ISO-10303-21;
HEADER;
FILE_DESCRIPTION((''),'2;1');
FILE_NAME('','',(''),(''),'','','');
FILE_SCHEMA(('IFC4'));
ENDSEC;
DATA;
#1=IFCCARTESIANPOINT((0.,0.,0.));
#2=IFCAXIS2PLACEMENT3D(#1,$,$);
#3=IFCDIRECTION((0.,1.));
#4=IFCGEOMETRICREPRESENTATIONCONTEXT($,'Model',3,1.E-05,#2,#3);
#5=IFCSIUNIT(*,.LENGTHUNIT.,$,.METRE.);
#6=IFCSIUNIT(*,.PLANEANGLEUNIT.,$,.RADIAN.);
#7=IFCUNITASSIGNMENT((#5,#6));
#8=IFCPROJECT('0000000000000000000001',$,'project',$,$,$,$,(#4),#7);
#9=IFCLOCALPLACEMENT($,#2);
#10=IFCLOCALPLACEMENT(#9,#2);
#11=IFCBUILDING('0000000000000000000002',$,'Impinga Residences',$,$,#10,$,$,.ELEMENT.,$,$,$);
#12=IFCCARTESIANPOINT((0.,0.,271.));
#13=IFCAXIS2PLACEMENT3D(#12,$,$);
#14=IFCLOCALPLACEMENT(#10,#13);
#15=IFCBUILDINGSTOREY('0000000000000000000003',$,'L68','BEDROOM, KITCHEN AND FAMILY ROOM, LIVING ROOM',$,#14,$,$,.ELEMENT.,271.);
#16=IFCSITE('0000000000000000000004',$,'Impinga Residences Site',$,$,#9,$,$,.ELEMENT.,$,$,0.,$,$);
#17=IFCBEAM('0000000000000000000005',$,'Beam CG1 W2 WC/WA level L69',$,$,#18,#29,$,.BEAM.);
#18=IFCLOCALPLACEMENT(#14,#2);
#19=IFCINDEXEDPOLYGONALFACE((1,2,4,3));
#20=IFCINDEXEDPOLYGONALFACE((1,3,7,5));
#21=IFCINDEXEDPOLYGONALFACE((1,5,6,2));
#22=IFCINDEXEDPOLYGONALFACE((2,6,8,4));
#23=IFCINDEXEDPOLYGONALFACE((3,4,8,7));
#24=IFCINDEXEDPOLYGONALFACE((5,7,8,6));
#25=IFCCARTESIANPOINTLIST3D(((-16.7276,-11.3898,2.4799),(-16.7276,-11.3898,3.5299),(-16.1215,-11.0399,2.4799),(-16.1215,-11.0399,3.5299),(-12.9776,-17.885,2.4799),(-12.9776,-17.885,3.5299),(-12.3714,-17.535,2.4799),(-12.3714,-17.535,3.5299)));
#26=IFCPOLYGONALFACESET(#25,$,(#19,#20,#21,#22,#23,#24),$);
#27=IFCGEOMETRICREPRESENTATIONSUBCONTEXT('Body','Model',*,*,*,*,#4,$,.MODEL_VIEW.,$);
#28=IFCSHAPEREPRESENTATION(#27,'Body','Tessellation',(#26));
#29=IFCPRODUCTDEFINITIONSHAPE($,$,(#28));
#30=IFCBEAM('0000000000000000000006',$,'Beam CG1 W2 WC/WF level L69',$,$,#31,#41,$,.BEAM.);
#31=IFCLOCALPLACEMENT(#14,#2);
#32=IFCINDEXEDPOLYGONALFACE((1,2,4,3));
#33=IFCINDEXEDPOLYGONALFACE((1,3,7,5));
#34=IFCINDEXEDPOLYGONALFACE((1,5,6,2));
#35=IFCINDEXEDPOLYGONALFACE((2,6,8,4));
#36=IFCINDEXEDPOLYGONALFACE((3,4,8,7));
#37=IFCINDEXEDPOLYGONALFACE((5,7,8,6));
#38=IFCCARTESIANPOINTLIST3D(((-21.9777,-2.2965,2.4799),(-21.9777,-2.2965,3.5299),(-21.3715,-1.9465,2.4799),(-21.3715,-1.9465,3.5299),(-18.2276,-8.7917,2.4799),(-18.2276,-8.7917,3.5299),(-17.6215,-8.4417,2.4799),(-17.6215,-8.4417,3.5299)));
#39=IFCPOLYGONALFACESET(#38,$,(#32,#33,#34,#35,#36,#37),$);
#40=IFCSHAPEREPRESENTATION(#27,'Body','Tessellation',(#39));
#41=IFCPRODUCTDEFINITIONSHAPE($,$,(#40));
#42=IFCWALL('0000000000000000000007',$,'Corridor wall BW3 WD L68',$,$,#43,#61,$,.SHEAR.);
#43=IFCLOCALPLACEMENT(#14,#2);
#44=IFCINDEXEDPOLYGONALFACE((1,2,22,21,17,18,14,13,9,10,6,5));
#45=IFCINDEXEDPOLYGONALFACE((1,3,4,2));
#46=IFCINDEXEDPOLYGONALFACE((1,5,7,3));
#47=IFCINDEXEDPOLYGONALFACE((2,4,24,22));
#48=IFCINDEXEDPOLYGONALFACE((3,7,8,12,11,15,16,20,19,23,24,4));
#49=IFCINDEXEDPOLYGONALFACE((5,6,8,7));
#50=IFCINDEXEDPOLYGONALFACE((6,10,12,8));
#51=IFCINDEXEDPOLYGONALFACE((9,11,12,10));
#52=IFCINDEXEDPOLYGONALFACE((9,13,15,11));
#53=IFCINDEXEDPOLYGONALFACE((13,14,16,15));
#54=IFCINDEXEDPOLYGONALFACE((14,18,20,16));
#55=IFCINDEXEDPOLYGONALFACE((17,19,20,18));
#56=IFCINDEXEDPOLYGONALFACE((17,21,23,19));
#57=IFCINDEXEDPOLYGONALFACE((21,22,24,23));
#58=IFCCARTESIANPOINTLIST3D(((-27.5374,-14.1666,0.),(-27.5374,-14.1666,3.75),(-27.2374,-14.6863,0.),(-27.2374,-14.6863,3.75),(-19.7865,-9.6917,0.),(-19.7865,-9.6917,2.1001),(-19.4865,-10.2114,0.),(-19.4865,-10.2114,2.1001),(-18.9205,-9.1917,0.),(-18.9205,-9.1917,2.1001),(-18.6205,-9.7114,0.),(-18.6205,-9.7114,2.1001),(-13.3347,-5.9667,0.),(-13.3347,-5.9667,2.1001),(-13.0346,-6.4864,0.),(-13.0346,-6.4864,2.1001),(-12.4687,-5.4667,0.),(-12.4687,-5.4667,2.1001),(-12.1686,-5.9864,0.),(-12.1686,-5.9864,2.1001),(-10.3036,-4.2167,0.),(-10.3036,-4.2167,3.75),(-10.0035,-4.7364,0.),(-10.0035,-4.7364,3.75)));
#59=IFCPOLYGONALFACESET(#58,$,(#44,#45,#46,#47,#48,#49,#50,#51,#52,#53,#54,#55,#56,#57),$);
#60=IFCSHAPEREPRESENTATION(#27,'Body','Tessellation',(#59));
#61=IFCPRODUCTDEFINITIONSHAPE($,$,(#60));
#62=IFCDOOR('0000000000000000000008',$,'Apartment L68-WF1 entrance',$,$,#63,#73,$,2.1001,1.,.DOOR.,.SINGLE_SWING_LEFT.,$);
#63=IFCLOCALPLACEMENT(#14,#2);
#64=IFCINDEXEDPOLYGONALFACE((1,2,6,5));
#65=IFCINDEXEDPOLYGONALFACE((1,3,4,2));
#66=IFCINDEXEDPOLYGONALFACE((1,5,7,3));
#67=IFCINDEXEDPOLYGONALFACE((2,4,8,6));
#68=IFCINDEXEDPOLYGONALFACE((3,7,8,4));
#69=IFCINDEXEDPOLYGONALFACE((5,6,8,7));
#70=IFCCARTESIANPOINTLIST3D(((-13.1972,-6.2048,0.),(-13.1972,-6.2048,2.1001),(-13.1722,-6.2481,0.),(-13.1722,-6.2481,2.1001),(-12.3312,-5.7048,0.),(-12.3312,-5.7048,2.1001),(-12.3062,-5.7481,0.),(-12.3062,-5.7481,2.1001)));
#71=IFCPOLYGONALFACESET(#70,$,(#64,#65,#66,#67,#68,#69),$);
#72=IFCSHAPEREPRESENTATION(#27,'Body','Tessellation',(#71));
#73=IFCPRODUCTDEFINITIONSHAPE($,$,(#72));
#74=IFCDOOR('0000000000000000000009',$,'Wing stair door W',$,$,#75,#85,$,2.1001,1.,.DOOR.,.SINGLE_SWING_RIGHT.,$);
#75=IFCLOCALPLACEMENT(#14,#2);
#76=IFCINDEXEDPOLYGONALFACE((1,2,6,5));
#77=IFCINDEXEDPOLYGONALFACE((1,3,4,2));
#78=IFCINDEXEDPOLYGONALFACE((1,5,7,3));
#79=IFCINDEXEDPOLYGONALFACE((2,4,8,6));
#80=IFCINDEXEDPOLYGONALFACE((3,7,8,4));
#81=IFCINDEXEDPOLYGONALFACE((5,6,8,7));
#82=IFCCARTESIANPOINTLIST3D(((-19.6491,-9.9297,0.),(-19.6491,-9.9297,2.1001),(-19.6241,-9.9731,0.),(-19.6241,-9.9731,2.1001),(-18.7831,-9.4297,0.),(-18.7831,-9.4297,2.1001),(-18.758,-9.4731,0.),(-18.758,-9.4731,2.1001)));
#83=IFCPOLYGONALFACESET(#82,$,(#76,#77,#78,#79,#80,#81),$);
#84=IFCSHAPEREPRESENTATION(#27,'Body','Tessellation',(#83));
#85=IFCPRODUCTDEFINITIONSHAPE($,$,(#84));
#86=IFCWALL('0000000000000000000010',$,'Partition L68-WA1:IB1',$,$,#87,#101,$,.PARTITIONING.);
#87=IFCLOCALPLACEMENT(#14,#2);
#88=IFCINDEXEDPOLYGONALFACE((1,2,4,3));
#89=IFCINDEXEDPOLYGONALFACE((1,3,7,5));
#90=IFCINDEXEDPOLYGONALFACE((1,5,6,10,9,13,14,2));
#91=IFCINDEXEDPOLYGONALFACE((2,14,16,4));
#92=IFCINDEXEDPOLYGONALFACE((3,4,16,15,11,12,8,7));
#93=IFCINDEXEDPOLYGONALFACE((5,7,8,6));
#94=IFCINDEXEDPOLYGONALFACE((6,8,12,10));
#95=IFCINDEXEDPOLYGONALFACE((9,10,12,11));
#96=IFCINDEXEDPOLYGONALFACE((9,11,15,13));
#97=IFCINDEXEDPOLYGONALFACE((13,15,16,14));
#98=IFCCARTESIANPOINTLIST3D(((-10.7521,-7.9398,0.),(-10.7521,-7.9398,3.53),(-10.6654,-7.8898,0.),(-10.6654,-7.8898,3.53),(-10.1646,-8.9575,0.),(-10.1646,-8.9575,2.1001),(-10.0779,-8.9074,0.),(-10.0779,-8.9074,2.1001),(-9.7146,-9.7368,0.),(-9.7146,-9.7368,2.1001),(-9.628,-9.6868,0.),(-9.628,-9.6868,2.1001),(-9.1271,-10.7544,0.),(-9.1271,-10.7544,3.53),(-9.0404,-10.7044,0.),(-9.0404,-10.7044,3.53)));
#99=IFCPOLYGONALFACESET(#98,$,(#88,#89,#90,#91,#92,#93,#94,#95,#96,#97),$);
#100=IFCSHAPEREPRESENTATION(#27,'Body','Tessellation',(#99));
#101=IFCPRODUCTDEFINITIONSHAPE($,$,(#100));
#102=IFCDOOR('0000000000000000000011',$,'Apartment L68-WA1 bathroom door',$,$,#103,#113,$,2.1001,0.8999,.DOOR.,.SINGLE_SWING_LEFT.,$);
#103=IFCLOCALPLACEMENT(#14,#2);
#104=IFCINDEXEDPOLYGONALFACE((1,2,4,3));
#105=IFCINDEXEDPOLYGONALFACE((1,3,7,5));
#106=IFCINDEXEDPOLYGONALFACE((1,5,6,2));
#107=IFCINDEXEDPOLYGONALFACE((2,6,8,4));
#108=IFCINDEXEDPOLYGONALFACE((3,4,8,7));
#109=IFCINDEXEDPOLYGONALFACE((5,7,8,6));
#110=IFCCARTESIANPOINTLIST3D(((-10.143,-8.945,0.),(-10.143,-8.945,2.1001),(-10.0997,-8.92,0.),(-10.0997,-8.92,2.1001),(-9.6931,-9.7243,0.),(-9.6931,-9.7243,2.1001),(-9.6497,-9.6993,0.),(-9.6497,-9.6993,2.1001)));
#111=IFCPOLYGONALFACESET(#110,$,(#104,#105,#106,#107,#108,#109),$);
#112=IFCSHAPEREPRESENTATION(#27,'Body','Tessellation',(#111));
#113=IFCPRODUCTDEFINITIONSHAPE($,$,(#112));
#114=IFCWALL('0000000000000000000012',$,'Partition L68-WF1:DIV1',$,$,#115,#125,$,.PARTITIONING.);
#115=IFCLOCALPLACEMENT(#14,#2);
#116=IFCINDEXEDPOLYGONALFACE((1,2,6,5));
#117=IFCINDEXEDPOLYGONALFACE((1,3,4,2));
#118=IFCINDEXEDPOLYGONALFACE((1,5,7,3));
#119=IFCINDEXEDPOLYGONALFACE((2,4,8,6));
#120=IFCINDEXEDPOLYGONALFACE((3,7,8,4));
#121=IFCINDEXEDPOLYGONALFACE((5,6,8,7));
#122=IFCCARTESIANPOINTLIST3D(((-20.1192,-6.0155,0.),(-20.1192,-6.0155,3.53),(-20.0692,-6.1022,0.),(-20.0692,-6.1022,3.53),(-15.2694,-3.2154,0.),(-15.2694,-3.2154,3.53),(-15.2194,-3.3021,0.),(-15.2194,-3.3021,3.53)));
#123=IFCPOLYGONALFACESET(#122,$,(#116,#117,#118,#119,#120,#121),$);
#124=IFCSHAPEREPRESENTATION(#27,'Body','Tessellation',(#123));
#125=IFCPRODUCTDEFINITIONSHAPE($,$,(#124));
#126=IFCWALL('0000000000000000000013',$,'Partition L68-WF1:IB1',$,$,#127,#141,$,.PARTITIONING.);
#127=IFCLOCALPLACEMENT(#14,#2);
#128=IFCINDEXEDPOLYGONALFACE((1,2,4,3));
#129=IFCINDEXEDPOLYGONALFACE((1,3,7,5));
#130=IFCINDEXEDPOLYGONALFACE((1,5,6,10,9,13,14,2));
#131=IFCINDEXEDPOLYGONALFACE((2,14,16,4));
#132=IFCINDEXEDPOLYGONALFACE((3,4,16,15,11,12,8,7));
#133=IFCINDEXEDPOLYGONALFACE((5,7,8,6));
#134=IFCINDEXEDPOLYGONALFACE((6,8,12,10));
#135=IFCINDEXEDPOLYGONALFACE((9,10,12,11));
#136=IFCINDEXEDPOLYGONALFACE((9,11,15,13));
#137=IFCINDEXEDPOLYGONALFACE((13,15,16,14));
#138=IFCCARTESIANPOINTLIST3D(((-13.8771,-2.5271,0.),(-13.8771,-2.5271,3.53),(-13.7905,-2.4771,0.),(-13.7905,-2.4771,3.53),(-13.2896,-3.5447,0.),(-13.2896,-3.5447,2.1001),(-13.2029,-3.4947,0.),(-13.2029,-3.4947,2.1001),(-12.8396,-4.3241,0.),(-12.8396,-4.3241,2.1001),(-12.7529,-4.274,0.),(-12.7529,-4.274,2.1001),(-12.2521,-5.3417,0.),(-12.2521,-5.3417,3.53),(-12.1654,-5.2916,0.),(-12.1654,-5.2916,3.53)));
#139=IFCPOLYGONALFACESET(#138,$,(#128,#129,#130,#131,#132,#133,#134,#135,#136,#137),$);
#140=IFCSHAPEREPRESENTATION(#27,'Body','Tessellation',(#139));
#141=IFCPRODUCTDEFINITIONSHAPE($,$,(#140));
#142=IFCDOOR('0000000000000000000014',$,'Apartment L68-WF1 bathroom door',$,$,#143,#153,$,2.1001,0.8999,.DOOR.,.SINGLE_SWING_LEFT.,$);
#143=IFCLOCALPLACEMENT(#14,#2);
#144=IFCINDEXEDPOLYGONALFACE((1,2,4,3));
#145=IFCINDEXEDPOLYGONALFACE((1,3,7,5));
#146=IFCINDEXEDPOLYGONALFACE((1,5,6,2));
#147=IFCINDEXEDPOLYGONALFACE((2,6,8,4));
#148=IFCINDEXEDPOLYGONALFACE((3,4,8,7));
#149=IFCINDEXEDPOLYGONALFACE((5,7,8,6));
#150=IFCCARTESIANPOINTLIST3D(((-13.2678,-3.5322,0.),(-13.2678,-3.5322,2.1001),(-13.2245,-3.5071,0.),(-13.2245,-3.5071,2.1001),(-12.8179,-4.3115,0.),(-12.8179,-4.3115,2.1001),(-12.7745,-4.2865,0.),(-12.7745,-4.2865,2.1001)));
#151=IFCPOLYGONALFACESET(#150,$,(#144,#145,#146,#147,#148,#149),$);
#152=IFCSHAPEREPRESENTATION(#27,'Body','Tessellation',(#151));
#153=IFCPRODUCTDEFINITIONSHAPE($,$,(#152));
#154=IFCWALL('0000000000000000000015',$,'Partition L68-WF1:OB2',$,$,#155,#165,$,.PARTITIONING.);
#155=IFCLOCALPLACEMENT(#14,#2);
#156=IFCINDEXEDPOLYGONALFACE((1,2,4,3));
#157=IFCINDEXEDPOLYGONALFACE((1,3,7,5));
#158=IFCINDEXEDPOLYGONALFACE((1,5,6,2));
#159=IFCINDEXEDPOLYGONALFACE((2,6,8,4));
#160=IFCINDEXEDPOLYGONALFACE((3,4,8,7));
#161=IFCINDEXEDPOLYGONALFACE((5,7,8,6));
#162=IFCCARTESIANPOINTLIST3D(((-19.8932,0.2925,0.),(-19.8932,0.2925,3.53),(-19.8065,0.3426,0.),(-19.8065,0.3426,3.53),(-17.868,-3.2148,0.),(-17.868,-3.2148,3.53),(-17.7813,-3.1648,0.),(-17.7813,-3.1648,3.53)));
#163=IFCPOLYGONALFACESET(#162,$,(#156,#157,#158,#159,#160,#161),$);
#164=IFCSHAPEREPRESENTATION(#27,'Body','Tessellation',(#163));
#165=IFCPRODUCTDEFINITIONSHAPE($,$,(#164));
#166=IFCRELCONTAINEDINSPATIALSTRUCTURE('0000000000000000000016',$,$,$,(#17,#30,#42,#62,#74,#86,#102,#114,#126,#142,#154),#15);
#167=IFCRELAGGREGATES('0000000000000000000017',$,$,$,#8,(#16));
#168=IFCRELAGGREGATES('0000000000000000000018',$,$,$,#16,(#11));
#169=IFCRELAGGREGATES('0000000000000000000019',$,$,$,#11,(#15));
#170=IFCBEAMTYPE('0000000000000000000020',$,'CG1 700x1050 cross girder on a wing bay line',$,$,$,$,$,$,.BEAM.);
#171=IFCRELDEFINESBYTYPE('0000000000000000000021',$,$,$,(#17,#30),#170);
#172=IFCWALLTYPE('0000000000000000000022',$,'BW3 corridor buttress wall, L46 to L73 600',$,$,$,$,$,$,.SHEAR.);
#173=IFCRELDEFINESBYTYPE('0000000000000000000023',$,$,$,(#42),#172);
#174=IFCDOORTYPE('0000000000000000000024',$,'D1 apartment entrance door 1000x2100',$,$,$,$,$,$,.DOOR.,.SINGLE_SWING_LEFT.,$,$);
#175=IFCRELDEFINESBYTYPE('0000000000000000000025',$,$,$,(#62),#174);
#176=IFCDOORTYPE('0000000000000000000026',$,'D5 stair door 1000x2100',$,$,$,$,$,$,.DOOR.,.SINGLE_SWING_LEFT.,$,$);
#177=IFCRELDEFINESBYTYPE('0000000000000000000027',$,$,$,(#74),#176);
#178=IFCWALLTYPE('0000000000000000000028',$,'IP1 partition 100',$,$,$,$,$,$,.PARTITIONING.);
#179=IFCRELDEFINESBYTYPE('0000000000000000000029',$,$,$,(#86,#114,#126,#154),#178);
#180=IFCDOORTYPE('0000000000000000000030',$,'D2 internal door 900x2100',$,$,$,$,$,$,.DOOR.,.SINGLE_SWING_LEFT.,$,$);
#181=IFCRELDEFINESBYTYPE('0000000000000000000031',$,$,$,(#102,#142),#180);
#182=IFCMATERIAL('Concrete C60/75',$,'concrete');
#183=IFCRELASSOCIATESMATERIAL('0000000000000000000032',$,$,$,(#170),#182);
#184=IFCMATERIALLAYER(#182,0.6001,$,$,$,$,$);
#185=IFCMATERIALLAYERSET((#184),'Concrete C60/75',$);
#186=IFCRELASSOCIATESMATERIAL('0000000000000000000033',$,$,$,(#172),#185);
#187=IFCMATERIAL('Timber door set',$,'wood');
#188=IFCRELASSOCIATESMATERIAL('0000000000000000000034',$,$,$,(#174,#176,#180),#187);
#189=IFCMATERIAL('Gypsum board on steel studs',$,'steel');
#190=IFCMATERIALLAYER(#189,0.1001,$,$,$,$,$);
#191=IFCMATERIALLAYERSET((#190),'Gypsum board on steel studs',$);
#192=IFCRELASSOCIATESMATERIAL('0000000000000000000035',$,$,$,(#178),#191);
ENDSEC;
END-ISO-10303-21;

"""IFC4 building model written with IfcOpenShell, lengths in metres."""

from ifc_helpers import new_model, si_unit, direction, frame, frame_2d, origin, origin_2d, place, context, subcontext, project, spatial, rectangle, extrude, material, layer, layer_set, material_profile, profile_set, type_object, element, fill, save


model = new_model("IFC4")

# Units and contexts
model_context = context("Model", 3, precision=1e-05, world=origin(), true_north=direction((0.0, 1.0)))
body_context = subcontext(model_context, "Body", "Model", "MODEL_VIEW")
ifc_project = project(units=[si_unit("LENGTHUNIT", "METRE"), si_unit("PLANEANGLEUNIT", "RADIAN")], contexts=[model_context])

# Site, building, storey
site_placement = place(None, origin())
site = spatial("IfcSite", under=ifc_project, at=site_placement, Name="Impinga Residences Site", CompositionType="ELEMENT", RefElevation=0.0)
building_placement = place(site_placement, origin())
building = spatial("IfcBuilding", under=site, at=building_placement, Name="Impinga Residences", CompositionType="ELEMENT")
storey_placement = place(building_placement, frame((0.0, 0.0, 271.0)))
storey = spatial("IfcBuildingStorey", under=building, at=storey_placement, Name="L68", Description="BEDROOM, KITCHEN AND FAMILY ROOM, LIVING ROOM", CompositionType="ELEMENT", Elevation=271.0)

# Beams
ifc_material_1 = material(Name="Concrete C60/75", Category="concrete")
ifc_material_profile = material_profile(ifc_material_1, rectangle(XDim=0.7, YDim=1.05, at=origin_2d()), Name="RC 700x1050")
ifc_profile_set = profile_set([ifc_material_profile], Name="Concrete C60/75")
beam_type = type_object("IfcBeamType", Name="CG1 700x1050 cross girder on a wing bay line", PredefinedType="BEAM", material=ifc_profile_set)
for number, where, z_axis, x_axis, name in (
    (1, (-16.4246, -11.2148, 3.0049), (0.500004, -0.866023, 0.0), (0.866023, 0.500004, 0.0), "Beam CG1 W2 WC/WA level L69"),
    (2, (-17.9246, -8.6167, 3.0049), (-0.500004, 0.866023, 0.0), (-0.866023, -0.500004, 0.0), "Beam CG1 W2 WC/WF level L69"),
):
    element("IfcBeam", number, at=place(storey_placement, frame(where, z_axis=z_axis, x_axis=x_axis)), inside=storey, type_object=beam_type, Name=name, PredefinedType="BEAM", context=body_context, shape_type="SweptSolid", body=[
        extrude(rectangle(XDim=0.7, YDim=1.05, at=origin_2d()), origin(), (0.0, 0.0, 1.0), 7.5),
    ])

# Wall, openings, doors
ifc_layer_1 = layer(ifc_material_1, 0.6001)
ifc_layer_set_1 = layer_set([ifc_layer_1], Name="Concrete C60/75")
wall_type_1 = type_object("IfcWallType", Name="BW3 corridor buttress wall, L46 to L73 600", PredefinedType="SHEAR", material=ifc_layer_set_1)
wall_1_placement = place(storey_placement, frame((-10.1536, -4.4766, 0.0), z_axis=(0.0, 0.0, 1.0), x_axis=(-0.866026, -0.499999, 0.0)))
wall_1 = element("IfcWall", 3, at=wall_1_placement, inside=storey, type_object=wall_type_1, Name="Corridor wall BW3 WD L68", PredefinedType="SHEAR", context=body_context, shape_type="SweptSolid", body=[
    extrude(rectangle(XDim=19.8999, YDim=0.6001, at=frame_2d((9.95, 0.0))), origin(), (0.0, 0.0, 1.0), 3.75),
])
opening_1_placement = place(wall_1_placement, frame((9.95, 0.0, 0.0)))
opening_1 = element("IfcOpeningElement", 4, at=opening_1_placement, cuts=wall_1, PredefinedType="OPENING", context=body_context, shape_type="SweptSolid", body=[
    extrude(rectangle(XDim=1.0, YDim=2.1001, at=frame_2d((0.5, 1.05))), frame((0.0, 0.3101, 0.0), z_axis=(0.0, -1.0, 0.0), x_axis=(1.0, 0.0, 0.0)), (0.0, 0.0, 1.0), 0.6201),
])
opening_2_placement = place(wall_1_placement, frame((2.5, 0.0, 0.0)))
opening_2 = element("IfcOpeningElement", 5, at=opening_2_placement, cuts=wall_1, PredefinedType="OPENING", context=body_context, shape_type="SweptSolid", body=[
    extrude(rectangle(XDim=1.0, YDim=2.1001, at=frame_2d((0.5, 1.05))), frame((0.0, 0.3101, 0.0), z_axis=(0.0, -1.0, 0.0), x_axis=(1.0, 0.0, 0.0)), (0.0, 0.0, 1.0), 0.6201),
])
ifc_material_2 = material(Name="Timber door set", Category="wood")
door_type_1 = type_object("IfcDoorType", Name="D1 apartment entrance door 1000x2100", OperationType="SINGLE_SWING_LEFT", PredefinedType="DOOR", material=ifc_material_2)
door_1_placement = place(opening_2_placement, origin())
door_1 = element("IfcDoor", 6, at=door_1_placement, inside=storey, type_object=door_type_1, Name="Apartment L68-WF1 entrance", OperationType="SINGLE_SWING_LEFT", OverallHeight=2.1001, OverallWidth=1.0, PredefinedType="DOOR", context=body_context, shape_type="SweptSolid", body=[
    extrude(rectangle(XDim=1.0, YDim=2.1001, at=frame_2d((0.5, 1.05))), frame((0.0, 0.0249, 0.0), z_axis=(0.0, -1.0, 0.0), x_axis=(1.0, 0.0, 0.0)), (0.0, 0.0, 1.0), 0.05),
])
fill(opening_2, door_1)
door_type_2 = type_object("IfcDoorType", Name="D5 stair door 1000x2100", OperationType="SINGLE_SWING_LEFT", PredefinedType="DOOR", material=ifc_material_2)
door_2_placement = place(opening_1_placement, origin())
door_2 = element("IfcDoor", 7, at=door_2_placement, inside=storey, type_object=door_type_2, Name="Wing stair door W", OperationType="SINGLE_SWING_RIGHT", OverallHeight=2.1001, OverallWidth=1.0, PredefinedType="DOOR", context=body_context, shape_type="SweptSolid", body=[
    extrude(rectangle(XDim=1.0, YDim=2.1001, at=frame_2d((0.5, 1.05))), frame((0.0, 0.0249, 0.0), z_axis=(0.0, -1.0, 0.0), x_axis=(1.0, 0.0, 0.0)), (0.0, 0.0, 1.0), 0.05),
])
fill(opening_1, door_2)

# Wall, opening, door
ifc_material_3 = material(Name="Gypsum board on steel studs", Category="steel")
ifc_layer_2 = layer(ifc_material_3, 0.1001)
ifc_layer_set_2 = layer_set([ifc_layer_2], Name="Gypsum board on steel studs")
wall_type_2 = type_object("IfcWallType", Name="IP1 partition 100", PredefinedType="PARTITIONING", material=ifc_layer_set_2)
wall_2_placement = place(storey_placement, frame((-10.7087, -7.9148, 0.0), z_axis=(0.0, 0.0, 1.0), x_axis=(0.499985, -0.866034, 0.0)))
wall_2 = element("IfcWall", 8, at=wall_2_placement, inside=storey, type_object=wall_type_2, Name="Partition L68-WA1:IB1", PredefinedType="PARTITIONING", context=body_context, shape_type="SweptSolid", body=[
    extrude(rectangle(XDim=3.25, YDim=0.1001, at=frame_2d((1.625, 0.0))), origin(), (0.0, 0.0, 1.0), 3.53),
])
opening_3_placement = place(wall_2_placement, frame((1.175, 0.0, 0.0)))
opening_3 = element("IfcOpeningElement", 9, at=opening_3_placement, cuts=wall_2, PredefinedType="OPENING", context=body_context, shape_type="SweptSolid", body=[
    extrude(rectangle(XDim=0.8999, YDim=2.1001, at=frame_2d((0.45, 1.05))), frame((0.0, 0.0601, 0.0), z_axis=(0.0, -1.0, 0.0), x_axis=(1.0, 0.0, 0.0)), (0.0, 0.0, 1.0), 0.1201),
])
door_type_3 = type_object("IfcDoorType", Name="D2 internal door 900x2100", OperationType="SINGLE_SWING_LEFT", PredefinedType="DOOR", material=ifc_material_2)
door_3_placement = place(opening_3_placement, origin())
door_3 = element("IfcDoor", 10, at=door_3_placement, inside=storey, type_object=door_type_3, Name="Apartment L68-WA1 bathroom door", OperationType="SINGLE_SWING_LEFT", OverallHeight=2.1001, OverallWidth=0.8999, PredefinedType="DOOR", context=body_context, shape_type="SweptSolid", body=[
    extrude(rectangle(XDim=0.8999, YDim=2.1001, at=frame_2d((0.45, 1.05))), frame((0.0, 0.0249, 0.0), z_axis=(0.0, -1.0, 0.0), x_axis=(1.0, 0.0, 0.0)), (0.0, 0.0, 1.0), 0.05),
])
fill(opening_3, door_3)

# Wall
wall_3_placement = place(storey_placement, frame((-15.2444, -3.2588, 0.0), z_axis=(0.0, 0.0, 1.0), x_axis=(-0.866027, -0.499998, 0.0)))
element("IfcWall", 11, at=wall_3_placement, inside=storey, type_object=wall_type_2, Name="Partition L68-WF1:DIV1", PredefinedType="PARTITIONING", context=body_context, shape_type="SweptSolid", body=[
    extrude(rectangle(XDim=5.6001, YDim=0.1001, at=frame_2d((2.8, 0.0))), origin(), (0.0, 0.0, 1.0), 3.53),
])

# Wall, opening, door
wall_4_placement = place(storey_placement, frame((-12.2087, -5.3167, 0.0), z_axis=(0.0, 0.0, 1.0), x_axis=(-0.500017, 0.866015, 0.0)))
wall_4 = element("IfcWall", 12, at=wall_4_placement, inside=storey, type_object=wall_type_2, Name="Partition L68-WF1:IB1", PredefinedType="PARTITIONING", context=body_context, shape_type="SweptSolid", body=[
    extrude(rectangle(XDim=3.25, YDim=0.1001, at=frame_2d((1.625, 0.0))), origin(), (0.0, 0.0, 1.0), 3.53),
])
opening_4_placement = place(wall_4_placement, frame((1.175, 0.0, 0.0)))
opening_4 = element("IfcOpeningElement", 13, at=opening_4_placement, cuts=wall_4, PredefinedType="OPENING", context=body_context, shape_type="SweptSolid", body=[
    extrude(rectangle(XDim=0.8999, YDim=2.1001, at=frame_2d((0.45, 1.05))), frame((0.0, 0.0601, 0.0), z_axis=(0.0, -1.0, 0.0), x_axis=(1.0, 0.0, 0.0)), (0.0, 0.0, 1.0), 0.1201),
])
door_4_placement = place(opening_4_placement, origin())
door_4 = element("IfcDoor", 14, at=door_4_placement, inside=storey, type_object=door_type_3, Name="Apartment L68-WF1 bathroom door", OperationType="SINGLE_SWING_LEFT", OverallHeight=2.1001, OverallWidth=0.8999, PredefinedType="DOOR", context=body_context, shape_type="SweptSolid", body=[
    extrude(rectangle(XDim=0.8999, YDim=2.1001, at=frame_2d((0.45, 1.05))), frame((0.0, 0.0249, 0.0), z_axis=(0.0, -1.0, 0.0), x_axis=(1.0, 0.0, 0.0)), (0.0, 0.0, 1.0), 0.05),
])
fill(opening_4, door_4)

# Wall
wall_5_placement = place(storey_placement, frame((-17.8247, -3.1897, 0.0), z_axis=(0.0, 0.0, 1.0), x_axis=(-0.500036, 0.866005, 0.0)))
element("IfcWall", 15, at=wall_5_placement, inside=storey, type_object=wall_type_2, Name="Partition L68-WF1:OB2", PredefinedType="PARTITIONING", context=body_context, shape_type="SweptSolid", body=[
    extrude(rectangle(XDim=4.05, YDim=0.1001, at=frame_2d((2.0249, 0.0))), origin(), (0.0, 0.0, 1.0), 3.53),
])

save(model, "model.ifc")
